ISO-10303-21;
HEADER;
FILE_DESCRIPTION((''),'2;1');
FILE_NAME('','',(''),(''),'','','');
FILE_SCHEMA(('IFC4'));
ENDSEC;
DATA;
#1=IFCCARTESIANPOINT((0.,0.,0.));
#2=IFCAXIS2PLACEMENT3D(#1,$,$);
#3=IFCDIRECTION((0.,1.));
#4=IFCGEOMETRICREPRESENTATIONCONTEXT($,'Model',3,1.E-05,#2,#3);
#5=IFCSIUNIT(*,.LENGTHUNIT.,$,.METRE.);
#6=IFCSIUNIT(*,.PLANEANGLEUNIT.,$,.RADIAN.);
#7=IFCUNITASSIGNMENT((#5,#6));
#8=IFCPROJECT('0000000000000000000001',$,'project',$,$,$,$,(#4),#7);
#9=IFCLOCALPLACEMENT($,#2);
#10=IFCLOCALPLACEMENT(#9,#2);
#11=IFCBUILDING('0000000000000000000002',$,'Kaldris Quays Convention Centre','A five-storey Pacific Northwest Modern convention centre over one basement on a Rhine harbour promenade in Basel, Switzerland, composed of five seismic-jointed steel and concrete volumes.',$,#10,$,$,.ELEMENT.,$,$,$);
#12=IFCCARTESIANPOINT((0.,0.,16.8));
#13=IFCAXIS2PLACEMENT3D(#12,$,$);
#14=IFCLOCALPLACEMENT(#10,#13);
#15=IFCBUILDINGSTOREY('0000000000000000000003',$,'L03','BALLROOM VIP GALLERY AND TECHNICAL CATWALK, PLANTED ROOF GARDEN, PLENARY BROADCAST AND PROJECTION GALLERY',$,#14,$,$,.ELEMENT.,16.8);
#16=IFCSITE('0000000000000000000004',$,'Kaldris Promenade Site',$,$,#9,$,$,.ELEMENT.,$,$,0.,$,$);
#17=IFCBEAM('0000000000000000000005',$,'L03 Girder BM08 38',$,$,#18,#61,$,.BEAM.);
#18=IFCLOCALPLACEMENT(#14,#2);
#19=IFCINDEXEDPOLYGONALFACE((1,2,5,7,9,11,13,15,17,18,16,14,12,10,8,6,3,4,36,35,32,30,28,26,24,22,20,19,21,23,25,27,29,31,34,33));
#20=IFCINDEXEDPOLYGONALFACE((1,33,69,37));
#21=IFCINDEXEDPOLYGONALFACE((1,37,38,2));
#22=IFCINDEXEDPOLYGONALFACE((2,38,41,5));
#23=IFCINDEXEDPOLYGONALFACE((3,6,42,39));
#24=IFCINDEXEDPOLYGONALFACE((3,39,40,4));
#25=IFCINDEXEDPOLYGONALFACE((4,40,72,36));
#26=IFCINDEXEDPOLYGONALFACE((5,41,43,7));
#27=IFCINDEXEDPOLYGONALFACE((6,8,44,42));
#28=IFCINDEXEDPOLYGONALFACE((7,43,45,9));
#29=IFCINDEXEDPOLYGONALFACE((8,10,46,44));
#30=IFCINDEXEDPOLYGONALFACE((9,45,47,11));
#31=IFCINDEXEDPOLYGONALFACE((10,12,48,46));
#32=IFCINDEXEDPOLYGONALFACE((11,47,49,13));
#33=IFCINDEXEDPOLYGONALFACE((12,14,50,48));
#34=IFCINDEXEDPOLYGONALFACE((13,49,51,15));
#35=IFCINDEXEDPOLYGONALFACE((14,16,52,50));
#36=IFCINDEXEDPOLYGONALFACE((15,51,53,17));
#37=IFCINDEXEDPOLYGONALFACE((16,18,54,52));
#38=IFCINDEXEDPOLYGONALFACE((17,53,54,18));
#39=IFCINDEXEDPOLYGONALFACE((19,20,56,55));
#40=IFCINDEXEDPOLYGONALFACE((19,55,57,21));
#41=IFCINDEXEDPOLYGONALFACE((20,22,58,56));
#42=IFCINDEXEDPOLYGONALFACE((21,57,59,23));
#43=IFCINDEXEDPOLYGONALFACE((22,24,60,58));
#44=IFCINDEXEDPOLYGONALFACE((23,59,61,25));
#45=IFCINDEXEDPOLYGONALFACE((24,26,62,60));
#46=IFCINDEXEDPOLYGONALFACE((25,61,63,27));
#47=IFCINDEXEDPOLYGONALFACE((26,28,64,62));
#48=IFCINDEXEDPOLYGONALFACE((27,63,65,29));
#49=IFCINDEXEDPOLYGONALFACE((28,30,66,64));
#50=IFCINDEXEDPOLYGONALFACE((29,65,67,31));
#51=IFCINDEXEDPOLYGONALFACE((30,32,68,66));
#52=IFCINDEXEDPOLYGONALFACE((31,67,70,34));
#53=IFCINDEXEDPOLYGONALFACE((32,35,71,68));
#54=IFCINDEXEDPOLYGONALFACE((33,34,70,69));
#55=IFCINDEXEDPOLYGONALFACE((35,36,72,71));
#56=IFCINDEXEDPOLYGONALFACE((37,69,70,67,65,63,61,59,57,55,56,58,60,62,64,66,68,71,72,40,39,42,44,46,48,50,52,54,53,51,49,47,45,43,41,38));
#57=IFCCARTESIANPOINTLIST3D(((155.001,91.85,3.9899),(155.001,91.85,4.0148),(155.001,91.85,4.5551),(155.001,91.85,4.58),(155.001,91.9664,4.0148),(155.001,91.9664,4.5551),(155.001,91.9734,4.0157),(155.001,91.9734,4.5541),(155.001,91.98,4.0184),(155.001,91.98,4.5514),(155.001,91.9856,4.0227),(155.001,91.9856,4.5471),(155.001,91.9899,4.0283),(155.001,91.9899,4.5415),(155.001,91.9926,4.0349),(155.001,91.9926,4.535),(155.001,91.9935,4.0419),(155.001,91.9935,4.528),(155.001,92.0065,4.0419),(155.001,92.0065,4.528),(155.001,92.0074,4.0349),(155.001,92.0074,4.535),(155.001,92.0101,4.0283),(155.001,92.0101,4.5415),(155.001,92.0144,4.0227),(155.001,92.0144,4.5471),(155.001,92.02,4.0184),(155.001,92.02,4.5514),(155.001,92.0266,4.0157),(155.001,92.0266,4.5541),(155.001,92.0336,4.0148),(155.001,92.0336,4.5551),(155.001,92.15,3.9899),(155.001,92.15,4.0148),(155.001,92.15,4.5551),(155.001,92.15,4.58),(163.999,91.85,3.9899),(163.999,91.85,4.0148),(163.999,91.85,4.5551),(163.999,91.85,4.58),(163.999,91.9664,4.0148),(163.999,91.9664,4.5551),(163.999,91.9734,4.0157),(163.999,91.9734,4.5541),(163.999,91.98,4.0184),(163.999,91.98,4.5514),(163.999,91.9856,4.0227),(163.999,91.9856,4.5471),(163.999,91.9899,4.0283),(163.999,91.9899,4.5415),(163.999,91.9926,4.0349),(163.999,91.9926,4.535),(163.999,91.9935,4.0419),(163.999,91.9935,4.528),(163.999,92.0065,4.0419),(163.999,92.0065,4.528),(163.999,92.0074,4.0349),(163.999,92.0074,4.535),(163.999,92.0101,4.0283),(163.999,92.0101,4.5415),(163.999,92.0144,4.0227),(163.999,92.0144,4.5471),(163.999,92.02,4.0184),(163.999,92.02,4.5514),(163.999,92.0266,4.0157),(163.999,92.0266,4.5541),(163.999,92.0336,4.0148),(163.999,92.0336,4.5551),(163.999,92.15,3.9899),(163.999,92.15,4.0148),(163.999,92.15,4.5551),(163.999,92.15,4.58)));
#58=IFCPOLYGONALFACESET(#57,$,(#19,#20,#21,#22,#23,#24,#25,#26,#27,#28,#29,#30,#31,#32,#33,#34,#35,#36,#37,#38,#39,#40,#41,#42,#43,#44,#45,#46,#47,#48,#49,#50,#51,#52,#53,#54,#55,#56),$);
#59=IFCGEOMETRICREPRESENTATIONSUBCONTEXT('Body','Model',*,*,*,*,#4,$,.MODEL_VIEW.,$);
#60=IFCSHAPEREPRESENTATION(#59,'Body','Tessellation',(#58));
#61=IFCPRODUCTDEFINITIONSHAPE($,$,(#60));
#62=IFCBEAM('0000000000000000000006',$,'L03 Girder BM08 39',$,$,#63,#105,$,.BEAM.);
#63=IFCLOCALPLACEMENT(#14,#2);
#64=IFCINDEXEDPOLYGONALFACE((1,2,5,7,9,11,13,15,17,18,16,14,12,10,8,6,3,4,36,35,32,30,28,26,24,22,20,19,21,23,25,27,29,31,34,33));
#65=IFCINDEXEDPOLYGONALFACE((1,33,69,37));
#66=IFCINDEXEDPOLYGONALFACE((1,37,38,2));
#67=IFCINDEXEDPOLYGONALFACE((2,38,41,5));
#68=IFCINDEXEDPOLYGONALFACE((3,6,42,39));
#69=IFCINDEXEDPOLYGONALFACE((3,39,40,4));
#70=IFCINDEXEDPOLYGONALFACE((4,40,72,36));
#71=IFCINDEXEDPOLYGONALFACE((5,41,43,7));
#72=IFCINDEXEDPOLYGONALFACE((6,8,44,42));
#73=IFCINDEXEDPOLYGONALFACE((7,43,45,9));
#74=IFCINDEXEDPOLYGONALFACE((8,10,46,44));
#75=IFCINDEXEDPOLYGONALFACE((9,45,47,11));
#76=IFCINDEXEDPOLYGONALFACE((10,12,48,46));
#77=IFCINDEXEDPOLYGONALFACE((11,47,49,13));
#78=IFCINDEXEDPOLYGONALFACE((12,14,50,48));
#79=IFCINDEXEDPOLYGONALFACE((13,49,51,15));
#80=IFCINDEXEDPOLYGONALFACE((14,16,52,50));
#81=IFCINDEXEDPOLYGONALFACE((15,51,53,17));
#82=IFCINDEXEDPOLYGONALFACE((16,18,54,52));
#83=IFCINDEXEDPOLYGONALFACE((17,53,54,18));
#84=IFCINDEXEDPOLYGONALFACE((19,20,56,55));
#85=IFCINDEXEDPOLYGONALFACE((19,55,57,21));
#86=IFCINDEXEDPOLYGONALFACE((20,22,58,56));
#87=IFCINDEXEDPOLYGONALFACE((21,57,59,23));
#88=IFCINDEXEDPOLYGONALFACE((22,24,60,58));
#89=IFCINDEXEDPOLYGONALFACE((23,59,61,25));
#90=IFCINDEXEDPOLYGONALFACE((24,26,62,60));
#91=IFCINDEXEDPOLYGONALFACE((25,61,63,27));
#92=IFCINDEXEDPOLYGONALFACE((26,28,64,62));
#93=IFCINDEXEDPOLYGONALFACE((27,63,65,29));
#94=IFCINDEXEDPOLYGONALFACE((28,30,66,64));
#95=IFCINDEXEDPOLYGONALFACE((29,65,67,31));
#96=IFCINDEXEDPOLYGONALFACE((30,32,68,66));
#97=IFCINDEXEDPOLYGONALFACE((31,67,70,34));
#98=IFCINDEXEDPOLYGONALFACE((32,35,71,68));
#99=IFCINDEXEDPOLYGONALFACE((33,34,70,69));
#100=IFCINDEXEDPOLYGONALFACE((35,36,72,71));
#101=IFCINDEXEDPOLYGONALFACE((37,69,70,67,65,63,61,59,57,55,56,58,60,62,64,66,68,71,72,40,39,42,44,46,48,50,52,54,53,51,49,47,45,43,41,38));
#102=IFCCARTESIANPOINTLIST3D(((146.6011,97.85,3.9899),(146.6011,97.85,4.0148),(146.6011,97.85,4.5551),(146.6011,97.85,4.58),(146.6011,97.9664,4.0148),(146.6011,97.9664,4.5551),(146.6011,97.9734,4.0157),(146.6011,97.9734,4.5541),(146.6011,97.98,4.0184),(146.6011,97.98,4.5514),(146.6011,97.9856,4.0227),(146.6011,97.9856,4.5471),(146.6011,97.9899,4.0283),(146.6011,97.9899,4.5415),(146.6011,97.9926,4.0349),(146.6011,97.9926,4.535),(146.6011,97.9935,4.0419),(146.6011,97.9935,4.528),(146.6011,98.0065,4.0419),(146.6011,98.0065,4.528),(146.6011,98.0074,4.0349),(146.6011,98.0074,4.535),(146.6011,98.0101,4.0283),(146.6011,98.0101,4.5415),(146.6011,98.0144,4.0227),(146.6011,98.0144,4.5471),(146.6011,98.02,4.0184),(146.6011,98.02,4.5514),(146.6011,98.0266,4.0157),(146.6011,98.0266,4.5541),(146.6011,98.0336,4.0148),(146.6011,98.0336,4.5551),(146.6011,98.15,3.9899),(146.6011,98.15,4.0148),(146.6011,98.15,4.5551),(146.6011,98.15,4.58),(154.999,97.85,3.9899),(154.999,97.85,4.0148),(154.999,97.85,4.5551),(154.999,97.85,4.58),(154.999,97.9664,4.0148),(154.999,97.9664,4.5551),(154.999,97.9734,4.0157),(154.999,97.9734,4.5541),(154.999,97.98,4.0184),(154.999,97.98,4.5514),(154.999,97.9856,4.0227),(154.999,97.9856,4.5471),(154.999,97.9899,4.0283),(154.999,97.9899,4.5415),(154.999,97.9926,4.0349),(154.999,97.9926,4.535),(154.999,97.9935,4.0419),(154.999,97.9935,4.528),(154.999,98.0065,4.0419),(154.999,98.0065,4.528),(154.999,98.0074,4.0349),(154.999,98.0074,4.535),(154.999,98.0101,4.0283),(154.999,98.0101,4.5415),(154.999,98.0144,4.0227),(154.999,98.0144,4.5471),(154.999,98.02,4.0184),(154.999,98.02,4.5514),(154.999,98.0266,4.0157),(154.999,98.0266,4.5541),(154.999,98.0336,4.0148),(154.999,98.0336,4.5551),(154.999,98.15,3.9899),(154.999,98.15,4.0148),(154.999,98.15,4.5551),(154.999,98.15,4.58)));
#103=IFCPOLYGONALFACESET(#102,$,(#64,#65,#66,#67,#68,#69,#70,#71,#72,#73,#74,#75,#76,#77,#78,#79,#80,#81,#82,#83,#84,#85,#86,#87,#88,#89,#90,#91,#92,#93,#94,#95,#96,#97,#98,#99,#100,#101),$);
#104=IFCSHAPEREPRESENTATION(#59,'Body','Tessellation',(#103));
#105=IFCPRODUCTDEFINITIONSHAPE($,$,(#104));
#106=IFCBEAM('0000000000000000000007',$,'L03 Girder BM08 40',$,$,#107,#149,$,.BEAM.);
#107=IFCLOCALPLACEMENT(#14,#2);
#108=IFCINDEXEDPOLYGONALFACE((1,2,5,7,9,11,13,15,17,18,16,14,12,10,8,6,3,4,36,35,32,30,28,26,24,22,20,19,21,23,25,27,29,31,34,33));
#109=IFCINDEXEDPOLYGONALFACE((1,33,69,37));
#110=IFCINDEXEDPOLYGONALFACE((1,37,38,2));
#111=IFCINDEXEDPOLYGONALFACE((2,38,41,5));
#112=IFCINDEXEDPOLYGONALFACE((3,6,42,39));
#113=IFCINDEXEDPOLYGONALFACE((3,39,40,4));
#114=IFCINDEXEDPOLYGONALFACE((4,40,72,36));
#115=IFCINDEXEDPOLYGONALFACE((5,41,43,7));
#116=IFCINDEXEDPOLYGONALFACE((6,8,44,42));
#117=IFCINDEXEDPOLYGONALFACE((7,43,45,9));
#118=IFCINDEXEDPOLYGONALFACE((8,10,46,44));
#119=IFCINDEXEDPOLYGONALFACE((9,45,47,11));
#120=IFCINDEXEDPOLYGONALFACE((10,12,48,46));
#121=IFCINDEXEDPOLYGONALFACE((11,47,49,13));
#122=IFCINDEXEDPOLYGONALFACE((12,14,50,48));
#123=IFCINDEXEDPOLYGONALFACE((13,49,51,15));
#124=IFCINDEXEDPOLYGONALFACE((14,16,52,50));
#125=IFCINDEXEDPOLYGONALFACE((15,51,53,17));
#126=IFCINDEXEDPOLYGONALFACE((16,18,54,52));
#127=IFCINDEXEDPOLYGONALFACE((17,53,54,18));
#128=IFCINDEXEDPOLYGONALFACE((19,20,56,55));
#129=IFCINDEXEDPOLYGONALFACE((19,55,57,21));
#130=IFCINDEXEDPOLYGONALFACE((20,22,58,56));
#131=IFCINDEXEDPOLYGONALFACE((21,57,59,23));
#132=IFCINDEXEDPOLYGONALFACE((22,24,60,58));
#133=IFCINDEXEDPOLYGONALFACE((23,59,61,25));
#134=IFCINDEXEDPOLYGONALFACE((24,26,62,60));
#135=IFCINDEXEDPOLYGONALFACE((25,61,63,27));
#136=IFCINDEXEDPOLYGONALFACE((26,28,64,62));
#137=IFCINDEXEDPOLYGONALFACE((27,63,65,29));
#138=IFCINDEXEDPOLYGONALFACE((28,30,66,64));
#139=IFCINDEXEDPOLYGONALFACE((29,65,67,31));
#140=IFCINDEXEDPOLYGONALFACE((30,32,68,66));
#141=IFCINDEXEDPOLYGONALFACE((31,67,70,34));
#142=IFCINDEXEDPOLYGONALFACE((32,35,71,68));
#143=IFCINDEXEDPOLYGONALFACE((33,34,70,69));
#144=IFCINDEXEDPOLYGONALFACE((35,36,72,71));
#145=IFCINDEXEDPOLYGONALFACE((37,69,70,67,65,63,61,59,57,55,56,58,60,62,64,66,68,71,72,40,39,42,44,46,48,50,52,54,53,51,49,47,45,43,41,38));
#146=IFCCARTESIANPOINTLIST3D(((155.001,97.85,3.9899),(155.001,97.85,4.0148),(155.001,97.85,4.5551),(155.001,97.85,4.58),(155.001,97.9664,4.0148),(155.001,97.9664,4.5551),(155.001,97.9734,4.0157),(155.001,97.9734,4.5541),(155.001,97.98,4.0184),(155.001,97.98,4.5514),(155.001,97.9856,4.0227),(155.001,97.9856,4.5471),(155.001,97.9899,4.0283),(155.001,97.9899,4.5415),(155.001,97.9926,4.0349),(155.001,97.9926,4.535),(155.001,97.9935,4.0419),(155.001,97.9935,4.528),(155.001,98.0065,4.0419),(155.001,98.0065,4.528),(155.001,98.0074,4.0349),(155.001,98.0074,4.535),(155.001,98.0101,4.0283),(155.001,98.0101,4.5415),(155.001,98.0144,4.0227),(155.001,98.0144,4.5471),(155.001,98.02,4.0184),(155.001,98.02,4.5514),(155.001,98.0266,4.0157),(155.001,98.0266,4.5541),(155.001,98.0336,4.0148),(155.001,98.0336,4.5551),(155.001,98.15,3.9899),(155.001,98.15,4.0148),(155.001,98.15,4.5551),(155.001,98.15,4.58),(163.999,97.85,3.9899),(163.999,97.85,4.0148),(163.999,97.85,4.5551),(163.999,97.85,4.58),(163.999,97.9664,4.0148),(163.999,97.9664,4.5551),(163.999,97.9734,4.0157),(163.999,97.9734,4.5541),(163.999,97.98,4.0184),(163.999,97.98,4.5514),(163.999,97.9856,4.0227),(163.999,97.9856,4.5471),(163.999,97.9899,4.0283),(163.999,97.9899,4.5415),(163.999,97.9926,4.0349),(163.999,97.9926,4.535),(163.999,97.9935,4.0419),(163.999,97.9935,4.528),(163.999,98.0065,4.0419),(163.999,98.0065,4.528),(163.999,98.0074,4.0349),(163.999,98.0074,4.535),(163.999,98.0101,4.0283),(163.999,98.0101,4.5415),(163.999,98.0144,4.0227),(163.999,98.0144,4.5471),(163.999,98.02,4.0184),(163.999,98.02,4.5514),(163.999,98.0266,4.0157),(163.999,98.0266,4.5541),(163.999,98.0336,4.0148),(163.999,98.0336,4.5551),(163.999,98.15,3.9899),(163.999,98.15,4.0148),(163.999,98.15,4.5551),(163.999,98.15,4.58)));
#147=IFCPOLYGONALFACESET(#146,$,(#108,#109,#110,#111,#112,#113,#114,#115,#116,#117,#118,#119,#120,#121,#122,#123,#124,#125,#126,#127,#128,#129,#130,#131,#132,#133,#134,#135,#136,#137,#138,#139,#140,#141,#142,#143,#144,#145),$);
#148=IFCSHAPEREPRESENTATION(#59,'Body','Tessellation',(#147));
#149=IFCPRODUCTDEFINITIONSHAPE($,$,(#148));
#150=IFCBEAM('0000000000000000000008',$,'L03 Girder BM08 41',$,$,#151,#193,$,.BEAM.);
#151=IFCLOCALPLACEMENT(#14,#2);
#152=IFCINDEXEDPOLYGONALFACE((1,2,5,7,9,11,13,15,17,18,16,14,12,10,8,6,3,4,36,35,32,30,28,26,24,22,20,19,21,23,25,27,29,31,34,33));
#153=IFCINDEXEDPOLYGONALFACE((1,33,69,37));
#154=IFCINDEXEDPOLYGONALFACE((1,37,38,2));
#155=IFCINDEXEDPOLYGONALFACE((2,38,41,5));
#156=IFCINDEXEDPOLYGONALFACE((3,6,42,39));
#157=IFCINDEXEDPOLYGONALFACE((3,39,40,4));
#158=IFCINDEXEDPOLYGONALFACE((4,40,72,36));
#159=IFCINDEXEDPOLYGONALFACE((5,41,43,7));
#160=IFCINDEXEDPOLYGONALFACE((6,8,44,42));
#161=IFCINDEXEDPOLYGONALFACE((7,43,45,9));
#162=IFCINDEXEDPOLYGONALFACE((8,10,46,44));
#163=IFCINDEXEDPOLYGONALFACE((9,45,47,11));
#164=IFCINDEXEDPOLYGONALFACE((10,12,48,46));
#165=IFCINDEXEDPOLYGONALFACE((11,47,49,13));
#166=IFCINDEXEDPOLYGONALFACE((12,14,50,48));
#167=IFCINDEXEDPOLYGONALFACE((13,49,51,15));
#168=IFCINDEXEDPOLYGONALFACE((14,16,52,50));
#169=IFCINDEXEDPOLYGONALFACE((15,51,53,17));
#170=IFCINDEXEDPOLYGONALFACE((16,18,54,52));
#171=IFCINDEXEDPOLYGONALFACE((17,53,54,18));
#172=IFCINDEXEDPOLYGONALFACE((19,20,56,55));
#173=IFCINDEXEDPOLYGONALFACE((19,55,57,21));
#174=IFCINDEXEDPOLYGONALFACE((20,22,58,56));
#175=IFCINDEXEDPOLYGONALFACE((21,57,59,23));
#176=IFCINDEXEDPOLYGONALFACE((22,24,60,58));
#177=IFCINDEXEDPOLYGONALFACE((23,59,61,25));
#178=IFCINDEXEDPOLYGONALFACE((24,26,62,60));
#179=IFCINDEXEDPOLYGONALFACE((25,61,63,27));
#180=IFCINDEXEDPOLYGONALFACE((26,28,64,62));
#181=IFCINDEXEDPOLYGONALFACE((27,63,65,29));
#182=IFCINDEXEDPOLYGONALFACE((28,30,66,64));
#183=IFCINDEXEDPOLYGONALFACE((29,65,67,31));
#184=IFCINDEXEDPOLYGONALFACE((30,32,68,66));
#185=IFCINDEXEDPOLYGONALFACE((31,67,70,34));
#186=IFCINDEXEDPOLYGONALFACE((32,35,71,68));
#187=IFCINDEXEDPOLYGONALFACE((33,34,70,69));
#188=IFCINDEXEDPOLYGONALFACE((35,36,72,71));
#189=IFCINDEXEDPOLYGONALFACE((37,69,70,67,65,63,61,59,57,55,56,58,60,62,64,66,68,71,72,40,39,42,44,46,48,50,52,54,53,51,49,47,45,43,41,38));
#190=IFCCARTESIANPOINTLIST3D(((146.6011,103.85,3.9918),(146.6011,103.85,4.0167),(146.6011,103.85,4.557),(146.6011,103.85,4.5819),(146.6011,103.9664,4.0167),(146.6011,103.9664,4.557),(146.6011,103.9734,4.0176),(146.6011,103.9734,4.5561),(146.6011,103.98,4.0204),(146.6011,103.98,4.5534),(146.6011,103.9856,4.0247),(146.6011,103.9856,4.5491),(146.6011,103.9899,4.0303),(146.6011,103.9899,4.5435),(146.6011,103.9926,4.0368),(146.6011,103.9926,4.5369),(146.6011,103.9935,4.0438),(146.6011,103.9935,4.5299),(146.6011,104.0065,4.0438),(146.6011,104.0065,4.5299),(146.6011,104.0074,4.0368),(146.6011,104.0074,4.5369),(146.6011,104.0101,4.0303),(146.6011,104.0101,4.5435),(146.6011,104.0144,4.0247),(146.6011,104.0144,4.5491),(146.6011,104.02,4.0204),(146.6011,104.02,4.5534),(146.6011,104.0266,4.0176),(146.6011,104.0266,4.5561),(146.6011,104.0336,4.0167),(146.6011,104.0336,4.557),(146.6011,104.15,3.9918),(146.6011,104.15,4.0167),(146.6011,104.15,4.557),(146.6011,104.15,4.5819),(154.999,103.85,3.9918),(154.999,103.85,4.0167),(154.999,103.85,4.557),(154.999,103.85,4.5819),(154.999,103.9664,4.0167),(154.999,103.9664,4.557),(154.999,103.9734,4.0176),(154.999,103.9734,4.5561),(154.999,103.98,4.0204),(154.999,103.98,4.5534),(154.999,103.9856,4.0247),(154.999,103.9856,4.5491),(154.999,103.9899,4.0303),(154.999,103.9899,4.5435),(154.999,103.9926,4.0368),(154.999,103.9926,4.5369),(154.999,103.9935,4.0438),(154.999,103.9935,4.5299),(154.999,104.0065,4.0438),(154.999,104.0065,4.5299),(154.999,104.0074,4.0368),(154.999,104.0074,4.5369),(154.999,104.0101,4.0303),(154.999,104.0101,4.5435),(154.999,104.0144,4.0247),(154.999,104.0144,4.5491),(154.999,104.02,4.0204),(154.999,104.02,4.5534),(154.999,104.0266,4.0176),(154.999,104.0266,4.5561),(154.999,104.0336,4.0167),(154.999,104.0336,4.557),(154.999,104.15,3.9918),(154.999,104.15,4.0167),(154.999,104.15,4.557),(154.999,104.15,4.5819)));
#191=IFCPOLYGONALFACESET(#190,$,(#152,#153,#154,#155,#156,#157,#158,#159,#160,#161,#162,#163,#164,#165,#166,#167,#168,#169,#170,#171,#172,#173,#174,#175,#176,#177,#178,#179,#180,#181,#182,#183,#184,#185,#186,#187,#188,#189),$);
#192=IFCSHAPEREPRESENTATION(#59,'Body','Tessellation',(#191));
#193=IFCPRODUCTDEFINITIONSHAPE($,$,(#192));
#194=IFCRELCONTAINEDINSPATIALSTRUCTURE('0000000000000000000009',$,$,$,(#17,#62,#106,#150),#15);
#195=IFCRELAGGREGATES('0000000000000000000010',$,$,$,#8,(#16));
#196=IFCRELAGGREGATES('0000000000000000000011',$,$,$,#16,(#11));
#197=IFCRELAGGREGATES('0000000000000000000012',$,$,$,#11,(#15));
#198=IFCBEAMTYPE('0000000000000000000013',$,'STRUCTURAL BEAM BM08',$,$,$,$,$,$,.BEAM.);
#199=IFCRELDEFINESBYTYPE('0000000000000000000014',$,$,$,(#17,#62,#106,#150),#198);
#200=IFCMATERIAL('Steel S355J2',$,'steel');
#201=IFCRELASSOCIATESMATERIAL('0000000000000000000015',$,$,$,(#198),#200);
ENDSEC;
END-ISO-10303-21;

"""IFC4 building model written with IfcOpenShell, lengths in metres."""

from ifc_helpers import new_model, si_unit, direction, frame, origin, origin_2d, place, context, subcontext, project, spatial, i_section, extrude, material, material_profile, profile_set, type_object, element, save


model = new_model("IFC4")

# Units and contexts
model_context = context("Model", 3, precision=1e-05, world=origin(), true_north=direction((0.0, 1.0)))
body_context = subcontext(model_context, "Body", "Model", "MODEL_VIEW")
ifc_project = project(units=[si_unit("LENGTHUNIT", "METRE"), si_unit("PLANEANGLEUNIT", "RADIAN")], contexts=[model_context])

# Site, building, storey
site_placement = place(None, origin())
site = spatial("IfcSite", under=ifc_project, at=site_placement, Name="Kaldris Promenade Site", CompositionType="ELEMENT", RefElevation=0.0)
building_placement = place(site_placement, origin())
building = spatial("IfcBuilding", under=site, at=building_placement, Name="Kaldris Quays Convention Centre", Description="A five-storey Pacific Northwest Modern convention centre over one basement on a Rhine harbour promenade in Basel, Switzerland, composed of five seismic-jointed steel and concrete volumes.", CompositionType="ELEMENT")
storey_placement = place(building_placement, frame((0.0, 0.0, 16.8)))
storey = spatial("IfcBuildingStorey", under=building, at=storey_placement, Name="L03", Description="BALLROOM VIP GALLERY AND TECHNICAL CATWALK, PLANTED ROOF GARDEN, PLENARY BROADCAST AND PROJECTION GALLERY", CompositionType="ELEMENT", Elevation=16.8)

# Shared definitions
ifc_material_1 = material(Name="Steel S355J2", Category="steel")

# Beams
ifc_material_profile_1 = material_profile(ifc_material_1, i_section(OverallWidth=0.3, OverallDepth=0.5901, WebThickness=0.0129, FlangeThickness=0.0249, FilletRadius=0.0271, at=origin_2d()), Name="HEA 600")
ifc_profile_set_1 = profile_set([ifc_material_profile_1], Name="Steel S355J2")
beam_type_1 = type_object("IfcBeamType", Name="STRUCTURAL BEAM BM08", PredefinedType="BEAM", material=ifc_profile_set_1)
beam_1_placement = place(storey_placement, frame((155.001, 92.0, 4.2849), z_axis=(1.0, 0.0, 0.0), x_axis=(0.0, 1.0, 0.0)))
element("IfcBeam", 1, at=beam_1_placement, inside=storey, type_object=beam_type_1, Name="L03 Girder BM08 38", PredefinedType="BEAM", context=body_context, shape_type="SweptSolid", body=[
    extrude(i_section(OverallWidth=0.3, OverallDepth=0.5901, WebThickness=0.0129, FlangeThickness=0.0249, FilletRadius=0.0271, at=origin_2d()), origin(), (0.0, 0.0, 1.0), 8.998),
])
beam_2_placement = place(storey_placement, frame((146.6011, 98.0, 4.2849), z_axis=(1.0, 0.0, 0.0), x_axis=(0.0, 1.0, 0.0)))
element("IfcBeam", 2, at=beam_2_placement, inside=storey, type_object=beam_type_1, Name="L03 Girder BM08 39", PredefinedType="BEAM", context=body_context, shape_type="SweptSolid", body=[
    extrude(i_section(OverallWidth=0.3, OverallDepth=0.5901, WebThickness=0.0129, FlangeThickness=0.0249, FilletRadius=0.0271, at=origin_2d()), origin(), (0.0, 0.0, 1.0), 8.3979),
])
beam_3_placement = place(storey_placement, frame((155.001, 98.0, 4.2849), z_axis=(1.0, 0.0, 0.0), x_axis=(0.0, 1.0, 0.0)))
element("IfcBeam", 3, at=beam_3_placement, inside=storey, type_object=beam_type_1, Name="L03 Girder BM08 40", PredefinedType="BEAM", context=body_context, shape_type="SweptSolid", body=[
    extrude(i_section(OverallWidth=0.3, OverallDepth=0.5901, WebThickness=0.0129, FlangeThickness=0.0249, FilletRadius=0.0271, at=origin_2d()), origin(), (0.0, 0.0, 1.0), 8.998),
])
beam_4_placement = place(storey_placement, frame((146.6011, 104.0, 4.2869), z_axis=(1.0, 0.0, 0.0), x_axis=(0.0, 1.0, 0.0)))
element("IfcBeam", 4, at=beam_4_placement, inside=storey, type_object=beam_type_1, Name="L03 Girder BM08 41", PredefinedType="BEAM", context=body_context, shape_type="SweptSolid", body=[
    extrude(i_section(OverallWidth=0.3, OverallDepth=0.5901, WebThickness=0.0129, FlangeThickness=0.0249, FilletRadius=0.0271, at=origin_2d()), origin(), (0.0, 0.0, 1.0), 8.3979),
])

save(model, "model.ifc")
